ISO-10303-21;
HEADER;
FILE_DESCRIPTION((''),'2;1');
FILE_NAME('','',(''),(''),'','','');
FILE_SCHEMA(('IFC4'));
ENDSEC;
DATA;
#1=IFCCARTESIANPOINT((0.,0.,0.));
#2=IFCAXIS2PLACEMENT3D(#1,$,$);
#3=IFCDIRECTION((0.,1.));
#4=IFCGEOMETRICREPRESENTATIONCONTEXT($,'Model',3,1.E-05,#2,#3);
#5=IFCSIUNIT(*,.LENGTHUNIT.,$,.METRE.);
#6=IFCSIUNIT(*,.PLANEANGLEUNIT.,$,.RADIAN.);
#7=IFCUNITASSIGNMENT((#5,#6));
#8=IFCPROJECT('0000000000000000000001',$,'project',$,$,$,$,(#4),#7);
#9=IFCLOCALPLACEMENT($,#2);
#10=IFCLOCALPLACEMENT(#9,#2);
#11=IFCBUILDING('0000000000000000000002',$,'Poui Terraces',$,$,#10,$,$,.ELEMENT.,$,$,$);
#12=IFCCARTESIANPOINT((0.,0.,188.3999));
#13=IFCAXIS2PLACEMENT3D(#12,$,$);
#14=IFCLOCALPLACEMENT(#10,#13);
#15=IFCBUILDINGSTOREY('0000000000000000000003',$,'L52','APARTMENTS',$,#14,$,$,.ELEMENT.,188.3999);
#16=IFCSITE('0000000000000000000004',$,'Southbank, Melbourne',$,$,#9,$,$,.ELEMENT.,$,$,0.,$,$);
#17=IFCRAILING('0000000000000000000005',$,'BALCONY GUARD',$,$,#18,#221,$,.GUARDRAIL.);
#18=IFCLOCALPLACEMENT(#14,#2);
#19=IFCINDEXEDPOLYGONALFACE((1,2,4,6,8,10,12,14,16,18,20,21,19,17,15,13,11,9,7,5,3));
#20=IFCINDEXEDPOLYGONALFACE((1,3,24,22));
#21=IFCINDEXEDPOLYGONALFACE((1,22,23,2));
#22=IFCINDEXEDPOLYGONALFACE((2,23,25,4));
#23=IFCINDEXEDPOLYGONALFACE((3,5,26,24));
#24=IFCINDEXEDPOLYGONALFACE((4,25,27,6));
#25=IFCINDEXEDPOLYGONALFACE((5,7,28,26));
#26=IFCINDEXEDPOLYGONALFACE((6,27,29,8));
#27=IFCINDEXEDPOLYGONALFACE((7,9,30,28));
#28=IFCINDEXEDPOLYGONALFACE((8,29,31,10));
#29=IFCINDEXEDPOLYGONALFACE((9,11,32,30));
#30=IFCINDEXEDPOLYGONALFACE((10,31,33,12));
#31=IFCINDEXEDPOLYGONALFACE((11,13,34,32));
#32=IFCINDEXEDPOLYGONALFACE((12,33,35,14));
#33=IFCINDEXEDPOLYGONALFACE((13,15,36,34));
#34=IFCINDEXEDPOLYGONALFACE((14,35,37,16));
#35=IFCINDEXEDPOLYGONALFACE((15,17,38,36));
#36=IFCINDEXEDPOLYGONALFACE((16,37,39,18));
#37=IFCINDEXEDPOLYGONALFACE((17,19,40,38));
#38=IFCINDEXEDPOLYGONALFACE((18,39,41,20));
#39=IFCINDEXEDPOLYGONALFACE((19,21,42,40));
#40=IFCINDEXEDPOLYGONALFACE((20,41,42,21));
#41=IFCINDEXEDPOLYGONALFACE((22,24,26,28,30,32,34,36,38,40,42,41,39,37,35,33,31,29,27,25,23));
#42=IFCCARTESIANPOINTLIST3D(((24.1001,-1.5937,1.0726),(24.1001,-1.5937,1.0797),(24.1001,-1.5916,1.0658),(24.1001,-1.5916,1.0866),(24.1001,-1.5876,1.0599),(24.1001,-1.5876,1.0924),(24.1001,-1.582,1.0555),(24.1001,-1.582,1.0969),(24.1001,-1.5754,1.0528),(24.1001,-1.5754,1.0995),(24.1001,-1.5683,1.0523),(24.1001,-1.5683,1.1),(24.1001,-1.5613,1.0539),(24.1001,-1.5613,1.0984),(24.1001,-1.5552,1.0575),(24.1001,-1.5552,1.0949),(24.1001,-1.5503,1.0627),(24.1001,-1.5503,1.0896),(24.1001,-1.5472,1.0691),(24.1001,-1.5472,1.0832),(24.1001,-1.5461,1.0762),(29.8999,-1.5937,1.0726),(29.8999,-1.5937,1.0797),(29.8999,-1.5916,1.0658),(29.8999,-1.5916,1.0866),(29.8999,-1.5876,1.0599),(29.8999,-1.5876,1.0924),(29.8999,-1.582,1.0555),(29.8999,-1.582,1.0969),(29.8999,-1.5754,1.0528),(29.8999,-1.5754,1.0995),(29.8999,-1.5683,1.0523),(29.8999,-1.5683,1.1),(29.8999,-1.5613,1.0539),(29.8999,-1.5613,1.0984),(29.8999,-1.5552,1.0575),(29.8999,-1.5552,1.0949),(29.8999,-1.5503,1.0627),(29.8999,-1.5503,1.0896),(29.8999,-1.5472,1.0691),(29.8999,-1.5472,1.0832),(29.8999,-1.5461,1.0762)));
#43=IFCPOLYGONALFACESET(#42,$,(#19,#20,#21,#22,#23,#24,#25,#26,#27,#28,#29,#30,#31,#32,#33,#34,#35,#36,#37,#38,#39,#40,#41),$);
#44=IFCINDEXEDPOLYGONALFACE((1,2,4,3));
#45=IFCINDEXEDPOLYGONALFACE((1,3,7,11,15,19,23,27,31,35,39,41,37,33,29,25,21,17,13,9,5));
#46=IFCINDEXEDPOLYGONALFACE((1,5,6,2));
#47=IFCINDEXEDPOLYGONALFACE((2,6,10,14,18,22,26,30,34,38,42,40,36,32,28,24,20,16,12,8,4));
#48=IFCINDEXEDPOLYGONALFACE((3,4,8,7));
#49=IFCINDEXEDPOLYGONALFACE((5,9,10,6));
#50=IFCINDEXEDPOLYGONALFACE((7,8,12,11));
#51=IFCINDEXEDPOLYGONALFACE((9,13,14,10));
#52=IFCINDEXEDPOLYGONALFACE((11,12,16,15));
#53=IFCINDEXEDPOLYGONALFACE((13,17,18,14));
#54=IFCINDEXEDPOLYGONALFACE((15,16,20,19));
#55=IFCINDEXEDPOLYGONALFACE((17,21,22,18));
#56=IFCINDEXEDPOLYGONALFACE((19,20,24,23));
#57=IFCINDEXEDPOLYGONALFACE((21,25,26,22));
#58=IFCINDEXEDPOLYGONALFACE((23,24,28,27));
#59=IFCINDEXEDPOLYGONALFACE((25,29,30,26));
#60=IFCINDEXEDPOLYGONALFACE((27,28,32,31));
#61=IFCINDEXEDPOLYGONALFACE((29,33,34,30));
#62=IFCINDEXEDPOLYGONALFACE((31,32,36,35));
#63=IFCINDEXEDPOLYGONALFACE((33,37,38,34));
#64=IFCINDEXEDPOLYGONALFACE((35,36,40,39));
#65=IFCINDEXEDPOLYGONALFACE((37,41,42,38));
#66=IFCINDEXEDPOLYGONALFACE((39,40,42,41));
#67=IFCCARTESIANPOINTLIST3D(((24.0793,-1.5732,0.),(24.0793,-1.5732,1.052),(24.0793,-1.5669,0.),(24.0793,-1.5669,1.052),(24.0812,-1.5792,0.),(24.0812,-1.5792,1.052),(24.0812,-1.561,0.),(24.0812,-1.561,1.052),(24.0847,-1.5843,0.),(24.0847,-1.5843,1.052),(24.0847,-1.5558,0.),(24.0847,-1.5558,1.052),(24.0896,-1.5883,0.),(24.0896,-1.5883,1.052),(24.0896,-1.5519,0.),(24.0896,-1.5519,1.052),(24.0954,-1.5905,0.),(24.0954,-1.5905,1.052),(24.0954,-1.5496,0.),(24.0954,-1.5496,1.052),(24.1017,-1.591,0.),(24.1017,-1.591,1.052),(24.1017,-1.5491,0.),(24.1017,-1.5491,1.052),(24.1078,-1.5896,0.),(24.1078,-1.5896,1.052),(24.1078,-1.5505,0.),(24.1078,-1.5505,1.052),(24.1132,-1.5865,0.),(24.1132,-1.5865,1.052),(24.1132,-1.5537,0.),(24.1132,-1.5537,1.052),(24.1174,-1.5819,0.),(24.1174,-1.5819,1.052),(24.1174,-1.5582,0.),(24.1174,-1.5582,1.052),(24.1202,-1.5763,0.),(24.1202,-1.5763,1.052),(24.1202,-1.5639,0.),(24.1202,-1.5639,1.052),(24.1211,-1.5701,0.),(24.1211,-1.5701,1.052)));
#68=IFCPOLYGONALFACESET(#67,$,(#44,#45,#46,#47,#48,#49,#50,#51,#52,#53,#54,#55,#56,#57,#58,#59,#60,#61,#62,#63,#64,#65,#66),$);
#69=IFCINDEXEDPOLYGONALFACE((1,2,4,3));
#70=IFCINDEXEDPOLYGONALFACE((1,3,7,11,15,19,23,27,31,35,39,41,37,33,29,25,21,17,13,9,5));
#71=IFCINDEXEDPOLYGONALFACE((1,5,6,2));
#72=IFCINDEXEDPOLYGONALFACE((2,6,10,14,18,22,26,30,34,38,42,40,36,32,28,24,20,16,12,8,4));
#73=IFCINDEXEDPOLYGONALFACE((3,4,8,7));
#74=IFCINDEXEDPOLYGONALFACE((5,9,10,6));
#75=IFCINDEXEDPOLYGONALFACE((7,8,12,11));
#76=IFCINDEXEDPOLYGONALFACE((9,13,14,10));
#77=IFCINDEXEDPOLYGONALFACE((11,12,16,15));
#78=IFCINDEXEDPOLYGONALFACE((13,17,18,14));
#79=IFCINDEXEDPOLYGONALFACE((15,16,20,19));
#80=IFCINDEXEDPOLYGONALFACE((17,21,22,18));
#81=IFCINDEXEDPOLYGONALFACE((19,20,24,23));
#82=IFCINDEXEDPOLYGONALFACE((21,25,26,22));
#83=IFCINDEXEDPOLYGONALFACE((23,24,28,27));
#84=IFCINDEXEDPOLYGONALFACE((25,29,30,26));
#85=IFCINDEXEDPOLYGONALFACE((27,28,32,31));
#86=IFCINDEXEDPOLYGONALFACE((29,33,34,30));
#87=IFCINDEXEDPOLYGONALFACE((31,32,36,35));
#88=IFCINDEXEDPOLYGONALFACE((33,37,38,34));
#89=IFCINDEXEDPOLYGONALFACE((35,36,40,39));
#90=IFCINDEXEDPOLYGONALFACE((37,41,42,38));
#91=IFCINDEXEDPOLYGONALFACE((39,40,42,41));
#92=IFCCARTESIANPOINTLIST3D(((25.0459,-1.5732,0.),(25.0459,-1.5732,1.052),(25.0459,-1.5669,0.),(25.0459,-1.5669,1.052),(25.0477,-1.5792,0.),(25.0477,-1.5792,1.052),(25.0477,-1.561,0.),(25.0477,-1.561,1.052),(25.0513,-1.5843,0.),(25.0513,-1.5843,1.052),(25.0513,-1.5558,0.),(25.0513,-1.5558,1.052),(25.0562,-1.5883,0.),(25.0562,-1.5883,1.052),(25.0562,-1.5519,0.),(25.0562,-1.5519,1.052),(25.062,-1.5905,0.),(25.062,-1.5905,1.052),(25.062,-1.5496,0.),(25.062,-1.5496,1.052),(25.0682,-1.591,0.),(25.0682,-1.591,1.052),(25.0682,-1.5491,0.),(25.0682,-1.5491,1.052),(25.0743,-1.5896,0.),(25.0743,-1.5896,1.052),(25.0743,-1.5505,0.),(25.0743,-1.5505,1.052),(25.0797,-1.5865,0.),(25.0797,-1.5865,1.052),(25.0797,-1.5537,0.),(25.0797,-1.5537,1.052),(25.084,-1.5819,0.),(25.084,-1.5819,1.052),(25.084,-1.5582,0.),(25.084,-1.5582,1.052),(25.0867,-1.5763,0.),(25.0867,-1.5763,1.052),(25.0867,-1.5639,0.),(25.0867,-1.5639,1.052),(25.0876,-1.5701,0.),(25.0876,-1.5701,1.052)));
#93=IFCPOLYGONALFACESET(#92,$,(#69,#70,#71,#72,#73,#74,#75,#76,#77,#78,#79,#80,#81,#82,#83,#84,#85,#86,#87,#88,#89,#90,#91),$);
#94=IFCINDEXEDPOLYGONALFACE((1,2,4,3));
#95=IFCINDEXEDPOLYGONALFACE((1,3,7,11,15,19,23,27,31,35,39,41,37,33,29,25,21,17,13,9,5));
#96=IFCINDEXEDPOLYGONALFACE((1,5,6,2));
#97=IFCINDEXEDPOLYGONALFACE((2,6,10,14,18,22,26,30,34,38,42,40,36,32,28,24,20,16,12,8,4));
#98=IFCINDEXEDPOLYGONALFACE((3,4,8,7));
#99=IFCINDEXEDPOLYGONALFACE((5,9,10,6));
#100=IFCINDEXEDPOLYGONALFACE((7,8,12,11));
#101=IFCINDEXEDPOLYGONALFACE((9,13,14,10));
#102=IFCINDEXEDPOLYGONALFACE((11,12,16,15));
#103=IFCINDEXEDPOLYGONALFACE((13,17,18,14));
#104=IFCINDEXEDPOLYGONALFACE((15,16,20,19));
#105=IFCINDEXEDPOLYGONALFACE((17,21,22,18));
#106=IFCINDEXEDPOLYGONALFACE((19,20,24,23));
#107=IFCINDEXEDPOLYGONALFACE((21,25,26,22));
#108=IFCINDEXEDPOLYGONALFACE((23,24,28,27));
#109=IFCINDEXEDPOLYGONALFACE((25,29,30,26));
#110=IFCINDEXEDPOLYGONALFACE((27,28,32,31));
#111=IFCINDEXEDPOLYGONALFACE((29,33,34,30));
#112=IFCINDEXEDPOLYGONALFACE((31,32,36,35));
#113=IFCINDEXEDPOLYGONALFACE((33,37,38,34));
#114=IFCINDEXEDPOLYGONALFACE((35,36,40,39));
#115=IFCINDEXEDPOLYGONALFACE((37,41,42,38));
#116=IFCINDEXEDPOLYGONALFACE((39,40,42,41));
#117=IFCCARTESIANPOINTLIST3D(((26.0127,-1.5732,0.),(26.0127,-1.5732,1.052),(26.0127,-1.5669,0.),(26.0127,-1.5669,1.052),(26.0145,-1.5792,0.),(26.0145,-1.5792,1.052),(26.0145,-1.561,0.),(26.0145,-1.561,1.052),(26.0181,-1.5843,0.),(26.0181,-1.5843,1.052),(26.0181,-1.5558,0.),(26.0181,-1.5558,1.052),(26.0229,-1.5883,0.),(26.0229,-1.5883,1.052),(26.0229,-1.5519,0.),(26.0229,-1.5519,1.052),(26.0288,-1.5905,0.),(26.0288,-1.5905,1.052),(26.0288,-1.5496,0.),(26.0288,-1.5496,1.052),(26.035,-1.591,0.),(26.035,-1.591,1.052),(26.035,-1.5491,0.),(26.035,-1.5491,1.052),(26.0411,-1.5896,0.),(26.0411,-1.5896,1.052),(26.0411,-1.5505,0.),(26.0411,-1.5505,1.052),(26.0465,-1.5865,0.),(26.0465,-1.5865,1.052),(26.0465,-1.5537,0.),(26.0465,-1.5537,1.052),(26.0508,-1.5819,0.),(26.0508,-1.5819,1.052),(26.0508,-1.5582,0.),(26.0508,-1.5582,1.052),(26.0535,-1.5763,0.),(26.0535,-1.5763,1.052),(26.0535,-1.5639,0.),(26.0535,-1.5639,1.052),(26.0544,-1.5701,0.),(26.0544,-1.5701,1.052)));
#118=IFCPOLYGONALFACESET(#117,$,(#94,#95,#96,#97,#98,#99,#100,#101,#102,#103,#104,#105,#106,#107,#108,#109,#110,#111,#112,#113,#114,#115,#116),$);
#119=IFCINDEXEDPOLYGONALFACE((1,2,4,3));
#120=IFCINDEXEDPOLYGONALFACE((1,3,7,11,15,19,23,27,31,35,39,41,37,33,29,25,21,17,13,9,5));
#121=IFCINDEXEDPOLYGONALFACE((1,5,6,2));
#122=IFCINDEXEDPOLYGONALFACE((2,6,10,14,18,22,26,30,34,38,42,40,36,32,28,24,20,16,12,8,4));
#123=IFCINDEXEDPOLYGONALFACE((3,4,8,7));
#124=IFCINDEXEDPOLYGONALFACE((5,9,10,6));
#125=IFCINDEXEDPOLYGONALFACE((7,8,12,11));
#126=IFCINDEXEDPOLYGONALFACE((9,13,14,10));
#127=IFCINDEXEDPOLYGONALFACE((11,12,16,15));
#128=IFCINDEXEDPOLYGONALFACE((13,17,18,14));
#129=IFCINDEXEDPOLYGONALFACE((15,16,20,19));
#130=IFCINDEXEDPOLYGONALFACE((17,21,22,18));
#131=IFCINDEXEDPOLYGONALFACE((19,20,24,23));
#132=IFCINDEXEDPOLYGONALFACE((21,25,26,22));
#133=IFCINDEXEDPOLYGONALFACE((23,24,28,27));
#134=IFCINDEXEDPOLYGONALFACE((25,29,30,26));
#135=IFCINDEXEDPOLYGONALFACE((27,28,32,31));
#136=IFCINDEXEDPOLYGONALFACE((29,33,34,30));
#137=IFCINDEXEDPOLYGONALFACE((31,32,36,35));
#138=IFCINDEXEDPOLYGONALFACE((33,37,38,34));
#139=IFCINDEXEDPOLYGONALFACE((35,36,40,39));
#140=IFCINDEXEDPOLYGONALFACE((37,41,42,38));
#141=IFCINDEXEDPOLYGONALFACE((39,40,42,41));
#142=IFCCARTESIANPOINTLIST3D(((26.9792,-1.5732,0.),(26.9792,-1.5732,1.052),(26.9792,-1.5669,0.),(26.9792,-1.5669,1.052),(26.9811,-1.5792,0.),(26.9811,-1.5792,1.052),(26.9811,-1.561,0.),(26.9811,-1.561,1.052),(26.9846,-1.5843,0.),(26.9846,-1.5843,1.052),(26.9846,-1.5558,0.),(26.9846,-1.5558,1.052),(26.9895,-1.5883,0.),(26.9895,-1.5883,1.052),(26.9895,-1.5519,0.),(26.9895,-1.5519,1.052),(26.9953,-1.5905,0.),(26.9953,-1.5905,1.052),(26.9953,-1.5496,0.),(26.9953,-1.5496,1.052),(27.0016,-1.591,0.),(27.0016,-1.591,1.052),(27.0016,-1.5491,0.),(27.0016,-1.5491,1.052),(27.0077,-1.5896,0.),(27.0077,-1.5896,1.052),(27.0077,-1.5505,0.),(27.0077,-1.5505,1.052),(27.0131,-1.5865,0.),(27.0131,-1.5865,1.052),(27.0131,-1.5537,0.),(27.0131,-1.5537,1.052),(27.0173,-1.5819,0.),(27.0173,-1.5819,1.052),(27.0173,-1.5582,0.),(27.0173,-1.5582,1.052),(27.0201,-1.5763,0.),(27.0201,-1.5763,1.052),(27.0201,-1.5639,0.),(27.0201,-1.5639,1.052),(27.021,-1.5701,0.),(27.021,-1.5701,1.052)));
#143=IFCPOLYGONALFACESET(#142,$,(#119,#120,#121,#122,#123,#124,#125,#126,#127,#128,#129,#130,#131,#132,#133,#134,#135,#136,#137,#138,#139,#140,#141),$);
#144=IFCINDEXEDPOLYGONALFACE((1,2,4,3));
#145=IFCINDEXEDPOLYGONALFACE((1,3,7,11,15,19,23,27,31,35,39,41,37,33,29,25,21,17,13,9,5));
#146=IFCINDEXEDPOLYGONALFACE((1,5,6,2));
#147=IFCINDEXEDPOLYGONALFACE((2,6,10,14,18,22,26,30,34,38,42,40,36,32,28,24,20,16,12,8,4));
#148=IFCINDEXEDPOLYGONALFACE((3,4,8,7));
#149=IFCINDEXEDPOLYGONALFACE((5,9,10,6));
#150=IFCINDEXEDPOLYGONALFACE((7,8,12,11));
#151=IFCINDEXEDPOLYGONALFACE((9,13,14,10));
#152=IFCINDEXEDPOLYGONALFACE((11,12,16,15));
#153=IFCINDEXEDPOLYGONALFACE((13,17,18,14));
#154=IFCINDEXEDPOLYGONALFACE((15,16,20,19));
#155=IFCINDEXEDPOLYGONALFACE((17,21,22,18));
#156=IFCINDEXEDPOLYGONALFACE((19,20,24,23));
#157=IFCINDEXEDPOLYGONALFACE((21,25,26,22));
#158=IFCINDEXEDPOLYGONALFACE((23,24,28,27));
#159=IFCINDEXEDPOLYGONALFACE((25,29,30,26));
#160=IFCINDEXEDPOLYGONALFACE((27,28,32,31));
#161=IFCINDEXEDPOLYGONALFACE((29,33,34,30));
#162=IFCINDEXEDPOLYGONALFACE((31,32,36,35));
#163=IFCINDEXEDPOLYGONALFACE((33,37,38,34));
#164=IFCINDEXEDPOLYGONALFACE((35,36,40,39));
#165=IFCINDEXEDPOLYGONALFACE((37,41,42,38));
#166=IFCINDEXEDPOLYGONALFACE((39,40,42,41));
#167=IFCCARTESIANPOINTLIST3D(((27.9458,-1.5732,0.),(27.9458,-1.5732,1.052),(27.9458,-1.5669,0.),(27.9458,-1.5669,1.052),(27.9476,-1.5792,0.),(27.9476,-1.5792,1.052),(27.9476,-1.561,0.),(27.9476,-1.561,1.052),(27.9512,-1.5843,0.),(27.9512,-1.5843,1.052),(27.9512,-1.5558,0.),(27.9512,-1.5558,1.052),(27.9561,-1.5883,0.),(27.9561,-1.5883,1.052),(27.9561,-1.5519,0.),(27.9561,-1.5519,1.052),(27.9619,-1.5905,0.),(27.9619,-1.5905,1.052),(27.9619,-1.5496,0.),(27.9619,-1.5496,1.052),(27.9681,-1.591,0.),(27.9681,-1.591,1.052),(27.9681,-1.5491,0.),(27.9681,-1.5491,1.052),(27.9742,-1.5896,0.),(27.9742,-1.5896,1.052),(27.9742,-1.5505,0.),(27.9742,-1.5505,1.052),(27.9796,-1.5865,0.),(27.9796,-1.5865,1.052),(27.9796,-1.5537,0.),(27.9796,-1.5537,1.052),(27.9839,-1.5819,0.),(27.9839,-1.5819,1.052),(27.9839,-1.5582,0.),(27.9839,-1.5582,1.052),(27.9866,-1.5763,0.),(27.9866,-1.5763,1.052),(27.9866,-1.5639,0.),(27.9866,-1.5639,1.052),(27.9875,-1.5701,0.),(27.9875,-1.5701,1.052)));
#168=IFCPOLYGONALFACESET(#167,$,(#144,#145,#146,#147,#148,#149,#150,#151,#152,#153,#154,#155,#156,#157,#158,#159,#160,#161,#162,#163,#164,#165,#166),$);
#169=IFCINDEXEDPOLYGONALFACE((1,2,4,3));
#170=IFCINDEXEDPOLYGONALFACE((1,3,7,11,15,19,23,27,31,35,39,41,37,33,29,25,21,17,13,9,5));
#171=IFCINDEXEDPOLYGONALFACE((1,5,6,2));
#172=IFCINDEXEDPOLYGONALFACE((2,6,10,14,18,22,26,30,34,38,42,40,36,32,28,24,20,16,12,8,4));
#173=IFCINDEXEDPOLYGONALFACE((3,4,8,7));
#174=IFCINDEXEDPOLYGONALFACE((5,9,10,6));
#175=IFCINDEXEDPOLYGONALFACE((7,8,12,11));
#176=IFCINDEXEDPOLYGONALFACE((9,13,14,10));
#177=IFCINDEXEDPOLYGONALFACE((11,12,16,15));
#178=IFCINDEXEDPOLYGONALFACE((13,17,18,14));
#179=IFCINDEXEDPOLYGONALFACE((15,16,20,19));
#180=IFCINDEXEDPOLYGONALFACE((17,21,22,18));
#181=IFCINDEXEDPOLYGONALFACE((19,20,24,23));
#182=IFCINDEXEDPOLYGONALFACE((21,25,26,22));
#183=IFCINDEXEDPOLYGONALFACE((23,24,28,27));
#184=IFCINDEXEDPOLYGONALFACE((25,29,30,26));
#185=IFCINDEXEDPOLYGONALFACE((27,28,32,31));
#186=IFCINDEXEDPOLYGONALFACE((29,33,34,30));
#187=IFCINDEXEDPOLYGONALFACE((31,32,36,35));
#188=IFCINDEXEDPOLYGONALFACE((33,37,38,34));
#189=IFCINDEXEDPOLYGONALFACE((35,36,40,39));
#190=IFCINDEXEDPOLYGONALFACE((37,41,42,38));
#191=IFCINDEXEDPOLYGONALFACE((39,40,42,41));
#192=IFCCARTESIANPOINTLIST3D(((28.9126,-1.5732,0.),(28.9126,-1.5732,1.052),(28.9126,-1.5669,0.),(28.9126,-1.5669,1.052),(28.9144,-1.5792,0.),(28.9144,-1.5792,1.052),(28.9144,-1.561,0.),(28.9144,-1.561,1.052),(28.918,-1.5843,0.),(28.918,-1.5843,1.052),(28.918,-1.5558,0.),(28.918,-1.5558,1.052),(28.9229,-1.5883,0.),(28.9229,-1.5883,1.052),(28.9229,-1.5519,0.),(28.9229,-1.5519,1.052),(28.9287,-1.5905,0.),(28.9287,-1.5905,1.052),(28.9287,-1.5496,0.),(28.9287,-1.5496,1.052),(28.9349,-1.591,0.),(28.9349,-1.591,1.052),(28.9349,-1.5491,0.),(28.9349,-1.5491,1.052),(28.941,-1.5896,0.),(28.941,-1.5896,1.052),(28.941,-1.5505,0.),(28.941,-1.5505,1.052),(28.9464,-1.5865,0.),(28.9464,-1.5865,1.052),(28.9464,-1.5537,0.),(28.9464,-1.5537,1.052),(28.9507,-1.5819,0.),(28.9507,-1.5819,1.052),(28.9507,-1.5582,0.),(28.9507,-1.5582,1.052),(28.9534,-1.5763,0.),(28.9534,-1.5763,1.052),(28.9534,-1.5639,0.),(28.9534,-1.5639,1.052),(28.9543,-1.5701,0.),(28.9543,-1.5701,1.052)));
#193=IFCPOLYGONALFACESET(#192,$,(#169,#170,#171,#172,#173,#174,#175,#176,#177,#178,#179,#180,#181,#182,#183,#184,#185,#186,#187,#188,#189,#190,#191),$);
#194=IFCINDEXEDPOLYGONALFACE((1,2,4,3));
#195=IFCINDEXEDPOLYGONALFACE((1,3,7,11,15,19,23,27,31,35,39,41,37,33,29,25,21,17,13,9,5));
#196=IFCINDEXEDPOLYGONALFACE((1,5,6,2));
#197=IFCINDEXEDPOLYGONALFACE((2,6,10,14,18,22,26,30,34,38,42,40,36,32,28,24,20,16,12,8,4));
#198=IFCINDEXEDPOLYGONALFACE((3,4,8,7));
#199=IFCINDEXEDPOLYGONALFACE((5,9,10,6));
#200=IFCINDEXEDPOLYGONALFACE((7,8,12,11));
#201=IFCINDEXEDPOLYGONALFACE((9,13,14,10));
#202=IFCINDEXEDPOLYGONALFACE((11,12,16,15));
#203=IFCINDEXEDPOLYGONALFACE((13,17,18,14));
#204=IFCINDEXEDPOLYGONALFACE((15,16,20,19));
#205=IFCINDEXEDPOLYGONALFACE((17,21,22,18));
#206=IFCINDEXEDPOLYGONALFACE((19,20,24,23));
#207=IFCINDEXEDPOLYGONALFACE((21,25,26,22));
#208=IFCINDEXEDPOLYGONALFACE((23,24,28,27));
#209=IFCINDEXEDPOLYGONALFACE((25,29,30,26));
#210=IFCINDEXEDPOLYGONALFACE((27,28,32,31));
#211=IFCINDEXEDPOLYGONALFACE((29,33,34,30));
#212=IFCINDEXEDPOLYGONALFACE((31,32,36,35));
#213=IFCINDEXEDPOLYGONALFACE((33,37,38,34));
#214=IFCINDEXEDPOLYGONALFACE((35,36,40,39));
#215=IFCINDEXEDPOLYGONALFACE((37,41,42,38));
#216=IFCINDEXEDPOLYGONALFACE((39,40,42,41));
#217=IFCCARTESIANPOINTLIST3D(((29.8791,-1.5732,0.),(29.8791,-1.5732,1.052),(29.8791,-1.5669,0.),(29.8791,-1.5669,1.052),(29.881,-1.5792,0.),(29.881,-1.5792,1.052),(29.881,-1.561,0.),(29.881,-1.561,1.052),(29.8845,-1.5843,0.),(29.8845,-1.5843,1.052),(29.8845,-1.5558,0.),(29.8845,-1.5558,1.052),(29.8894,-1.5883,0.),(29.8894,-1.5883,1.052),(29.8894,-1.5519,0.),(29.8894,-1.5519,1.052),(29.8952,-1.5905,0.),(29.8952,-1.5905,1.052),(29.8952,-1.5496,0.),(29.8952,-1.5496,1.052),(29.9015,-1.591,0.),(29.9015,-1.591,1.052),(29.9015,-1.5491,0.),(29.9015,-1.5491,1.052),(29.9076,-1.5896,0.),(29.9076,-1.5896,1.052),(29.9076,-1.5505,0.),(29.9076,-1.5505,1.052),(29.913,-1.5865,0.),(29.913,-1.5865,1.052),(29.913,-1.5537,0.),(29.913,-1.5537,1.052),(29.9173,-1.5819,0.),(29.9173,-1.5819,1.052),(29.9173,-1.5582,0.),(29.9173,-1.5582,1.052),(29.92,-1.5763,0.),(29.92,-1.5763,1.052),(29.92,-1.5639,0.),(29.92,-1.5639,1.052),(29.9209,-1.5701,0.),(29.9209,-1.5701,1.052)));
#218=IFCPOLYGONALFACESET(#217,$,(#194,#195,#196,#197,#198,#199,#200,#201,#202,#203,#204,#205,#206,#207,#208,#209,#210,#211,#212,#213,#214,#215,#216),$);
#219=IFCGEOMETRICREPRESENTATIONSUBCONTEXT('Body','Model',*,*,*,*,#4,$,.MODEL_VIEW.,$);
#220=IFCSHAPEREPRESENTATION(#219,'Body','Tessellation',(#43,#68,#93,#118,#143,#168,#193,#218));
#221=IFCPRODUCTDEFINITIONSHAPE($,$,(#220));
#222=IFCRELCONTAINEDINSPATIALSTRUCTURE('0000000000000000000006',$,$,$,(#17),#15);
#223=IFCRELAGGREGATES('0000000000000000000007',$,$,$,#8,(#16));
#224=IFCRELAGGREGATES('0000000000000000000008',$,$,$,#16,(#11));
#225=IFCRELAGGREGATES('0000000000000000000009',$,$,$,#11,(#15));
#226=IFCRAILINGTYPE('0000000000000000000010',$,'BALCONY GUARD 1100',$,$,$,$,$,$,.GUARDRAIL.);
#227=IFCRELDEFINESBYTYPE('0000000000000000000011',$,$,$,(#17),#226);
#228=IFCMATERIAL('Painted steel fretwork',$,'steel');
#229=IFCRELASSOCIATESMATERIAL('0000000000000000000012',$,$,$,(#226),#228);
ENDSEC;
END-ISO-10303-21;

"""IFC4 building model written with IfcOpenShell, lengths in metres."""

from ifc_helpers import new_model, si_unit, direction, frame, origin, origin_2d, place, context, subcontext, project, spatial, circle, extrude, material, type_object, element, save


model = new_model("IFC4")

# Units and contexts
model_context = context("Model", 3, precision=1e-05, world=origin(), true_north=direction((0.0, 1.0)))
body_context = subcontext(model_context, "Body", "Model", "MODEL_VIEW")
ifc_project = project(units=[si_unit("LENGTHUNIT", "METRE"), si_unit("PLANEANGLEUNIT", "RADIAN")], contexts=[model_context])

# Site, building, storey
site_placement = place(None, origin())
site = spatial("IfcSite", under=ifc_project, at=site_placement, Name="Southbank, Melbourne", CompositionType="ELEMENT", RefElevation=0.0)
building_placement = place(site_placement, origin())
building = spatial("IfcBuilding", under=site, at=building_placement, Name="Poui Terraces", CompositionType="ELEMENT")
storey_placement = place(building_placement, frame((0.0, 0.0, 188.3999)))
storey = spatial("IfcBuildingStorey", under=building, at=storey_placement, Name="L52", Description="APARTMENTS", CompositionType="ELEMENT", Elevation=188.3999)

# Railing
ifc_material_1 = material(Name="Painted steel fretwork", Category="steel")
railing_type = type_object("IfcRailingType", Name="BALCONY GUARD 1100", PredefinedType="GUARDRAIL", material=ifc_material_1)
railing_placement = place(storey_placement, frame((24.1001, -1.5701, 0.0)))
element("IfcRailing", 1, at=railing_placement, inside=storey, type_object=railing_type, Name="BALCONY GUARD", PredefinedType="GUARDRAIL", context=body_context, shape_type="SweptSolid", body=[
    extrude(circle(Radius=0.0239, at=origin_2d()), frame((0.0, 0.0, 1.0762), z_axis=(1.0, 0.0, 0.0), x_axis=(0.0, 1.0, 0.0)), (0.0, 0.0, 1.0), 5.7998),
    extrude(circle(Radius=0.021, at=origin_2d()), origin(), (0.0, 0.0, 1.0), 1.052),
    extrude(circle(Radius=0.021, at=origin_2d()), frame((0.9666, 0.0, 0.0)), (0.0, 0.0, 1.0), 1.052),
    extrude(circle(Radius=0.021, at=origin_2d()), frame((1.9333, 0.0, 0.0)), (0.0, 0.0, 1.0), 1.052),
    extrude(circle(Radius=0.021, at=origin_2d()), frame((2.8999, 0.0, 0.0)), (0.0, 0.0, 1.0), 1.052),
    extrude(circle(Radius=0.021, at=origin_2d()), frame((3.8665, 0.0, 0.0)), (0.0, 0.0, 1.0), 1.052),
    extrude(circle(Radius=0.021, at=origin_2d()), frame((4.8333, 0.0, 0.0)), (0.0, 0.0, 1.0), 1.052),
    extrude(circle(Radius=0.021, at=origin_2d()), frame((5.7998, 0.0, 0.0)), (0.0, 0.0, 1.0), 1.052),
])

save(model, "model.ifc")
